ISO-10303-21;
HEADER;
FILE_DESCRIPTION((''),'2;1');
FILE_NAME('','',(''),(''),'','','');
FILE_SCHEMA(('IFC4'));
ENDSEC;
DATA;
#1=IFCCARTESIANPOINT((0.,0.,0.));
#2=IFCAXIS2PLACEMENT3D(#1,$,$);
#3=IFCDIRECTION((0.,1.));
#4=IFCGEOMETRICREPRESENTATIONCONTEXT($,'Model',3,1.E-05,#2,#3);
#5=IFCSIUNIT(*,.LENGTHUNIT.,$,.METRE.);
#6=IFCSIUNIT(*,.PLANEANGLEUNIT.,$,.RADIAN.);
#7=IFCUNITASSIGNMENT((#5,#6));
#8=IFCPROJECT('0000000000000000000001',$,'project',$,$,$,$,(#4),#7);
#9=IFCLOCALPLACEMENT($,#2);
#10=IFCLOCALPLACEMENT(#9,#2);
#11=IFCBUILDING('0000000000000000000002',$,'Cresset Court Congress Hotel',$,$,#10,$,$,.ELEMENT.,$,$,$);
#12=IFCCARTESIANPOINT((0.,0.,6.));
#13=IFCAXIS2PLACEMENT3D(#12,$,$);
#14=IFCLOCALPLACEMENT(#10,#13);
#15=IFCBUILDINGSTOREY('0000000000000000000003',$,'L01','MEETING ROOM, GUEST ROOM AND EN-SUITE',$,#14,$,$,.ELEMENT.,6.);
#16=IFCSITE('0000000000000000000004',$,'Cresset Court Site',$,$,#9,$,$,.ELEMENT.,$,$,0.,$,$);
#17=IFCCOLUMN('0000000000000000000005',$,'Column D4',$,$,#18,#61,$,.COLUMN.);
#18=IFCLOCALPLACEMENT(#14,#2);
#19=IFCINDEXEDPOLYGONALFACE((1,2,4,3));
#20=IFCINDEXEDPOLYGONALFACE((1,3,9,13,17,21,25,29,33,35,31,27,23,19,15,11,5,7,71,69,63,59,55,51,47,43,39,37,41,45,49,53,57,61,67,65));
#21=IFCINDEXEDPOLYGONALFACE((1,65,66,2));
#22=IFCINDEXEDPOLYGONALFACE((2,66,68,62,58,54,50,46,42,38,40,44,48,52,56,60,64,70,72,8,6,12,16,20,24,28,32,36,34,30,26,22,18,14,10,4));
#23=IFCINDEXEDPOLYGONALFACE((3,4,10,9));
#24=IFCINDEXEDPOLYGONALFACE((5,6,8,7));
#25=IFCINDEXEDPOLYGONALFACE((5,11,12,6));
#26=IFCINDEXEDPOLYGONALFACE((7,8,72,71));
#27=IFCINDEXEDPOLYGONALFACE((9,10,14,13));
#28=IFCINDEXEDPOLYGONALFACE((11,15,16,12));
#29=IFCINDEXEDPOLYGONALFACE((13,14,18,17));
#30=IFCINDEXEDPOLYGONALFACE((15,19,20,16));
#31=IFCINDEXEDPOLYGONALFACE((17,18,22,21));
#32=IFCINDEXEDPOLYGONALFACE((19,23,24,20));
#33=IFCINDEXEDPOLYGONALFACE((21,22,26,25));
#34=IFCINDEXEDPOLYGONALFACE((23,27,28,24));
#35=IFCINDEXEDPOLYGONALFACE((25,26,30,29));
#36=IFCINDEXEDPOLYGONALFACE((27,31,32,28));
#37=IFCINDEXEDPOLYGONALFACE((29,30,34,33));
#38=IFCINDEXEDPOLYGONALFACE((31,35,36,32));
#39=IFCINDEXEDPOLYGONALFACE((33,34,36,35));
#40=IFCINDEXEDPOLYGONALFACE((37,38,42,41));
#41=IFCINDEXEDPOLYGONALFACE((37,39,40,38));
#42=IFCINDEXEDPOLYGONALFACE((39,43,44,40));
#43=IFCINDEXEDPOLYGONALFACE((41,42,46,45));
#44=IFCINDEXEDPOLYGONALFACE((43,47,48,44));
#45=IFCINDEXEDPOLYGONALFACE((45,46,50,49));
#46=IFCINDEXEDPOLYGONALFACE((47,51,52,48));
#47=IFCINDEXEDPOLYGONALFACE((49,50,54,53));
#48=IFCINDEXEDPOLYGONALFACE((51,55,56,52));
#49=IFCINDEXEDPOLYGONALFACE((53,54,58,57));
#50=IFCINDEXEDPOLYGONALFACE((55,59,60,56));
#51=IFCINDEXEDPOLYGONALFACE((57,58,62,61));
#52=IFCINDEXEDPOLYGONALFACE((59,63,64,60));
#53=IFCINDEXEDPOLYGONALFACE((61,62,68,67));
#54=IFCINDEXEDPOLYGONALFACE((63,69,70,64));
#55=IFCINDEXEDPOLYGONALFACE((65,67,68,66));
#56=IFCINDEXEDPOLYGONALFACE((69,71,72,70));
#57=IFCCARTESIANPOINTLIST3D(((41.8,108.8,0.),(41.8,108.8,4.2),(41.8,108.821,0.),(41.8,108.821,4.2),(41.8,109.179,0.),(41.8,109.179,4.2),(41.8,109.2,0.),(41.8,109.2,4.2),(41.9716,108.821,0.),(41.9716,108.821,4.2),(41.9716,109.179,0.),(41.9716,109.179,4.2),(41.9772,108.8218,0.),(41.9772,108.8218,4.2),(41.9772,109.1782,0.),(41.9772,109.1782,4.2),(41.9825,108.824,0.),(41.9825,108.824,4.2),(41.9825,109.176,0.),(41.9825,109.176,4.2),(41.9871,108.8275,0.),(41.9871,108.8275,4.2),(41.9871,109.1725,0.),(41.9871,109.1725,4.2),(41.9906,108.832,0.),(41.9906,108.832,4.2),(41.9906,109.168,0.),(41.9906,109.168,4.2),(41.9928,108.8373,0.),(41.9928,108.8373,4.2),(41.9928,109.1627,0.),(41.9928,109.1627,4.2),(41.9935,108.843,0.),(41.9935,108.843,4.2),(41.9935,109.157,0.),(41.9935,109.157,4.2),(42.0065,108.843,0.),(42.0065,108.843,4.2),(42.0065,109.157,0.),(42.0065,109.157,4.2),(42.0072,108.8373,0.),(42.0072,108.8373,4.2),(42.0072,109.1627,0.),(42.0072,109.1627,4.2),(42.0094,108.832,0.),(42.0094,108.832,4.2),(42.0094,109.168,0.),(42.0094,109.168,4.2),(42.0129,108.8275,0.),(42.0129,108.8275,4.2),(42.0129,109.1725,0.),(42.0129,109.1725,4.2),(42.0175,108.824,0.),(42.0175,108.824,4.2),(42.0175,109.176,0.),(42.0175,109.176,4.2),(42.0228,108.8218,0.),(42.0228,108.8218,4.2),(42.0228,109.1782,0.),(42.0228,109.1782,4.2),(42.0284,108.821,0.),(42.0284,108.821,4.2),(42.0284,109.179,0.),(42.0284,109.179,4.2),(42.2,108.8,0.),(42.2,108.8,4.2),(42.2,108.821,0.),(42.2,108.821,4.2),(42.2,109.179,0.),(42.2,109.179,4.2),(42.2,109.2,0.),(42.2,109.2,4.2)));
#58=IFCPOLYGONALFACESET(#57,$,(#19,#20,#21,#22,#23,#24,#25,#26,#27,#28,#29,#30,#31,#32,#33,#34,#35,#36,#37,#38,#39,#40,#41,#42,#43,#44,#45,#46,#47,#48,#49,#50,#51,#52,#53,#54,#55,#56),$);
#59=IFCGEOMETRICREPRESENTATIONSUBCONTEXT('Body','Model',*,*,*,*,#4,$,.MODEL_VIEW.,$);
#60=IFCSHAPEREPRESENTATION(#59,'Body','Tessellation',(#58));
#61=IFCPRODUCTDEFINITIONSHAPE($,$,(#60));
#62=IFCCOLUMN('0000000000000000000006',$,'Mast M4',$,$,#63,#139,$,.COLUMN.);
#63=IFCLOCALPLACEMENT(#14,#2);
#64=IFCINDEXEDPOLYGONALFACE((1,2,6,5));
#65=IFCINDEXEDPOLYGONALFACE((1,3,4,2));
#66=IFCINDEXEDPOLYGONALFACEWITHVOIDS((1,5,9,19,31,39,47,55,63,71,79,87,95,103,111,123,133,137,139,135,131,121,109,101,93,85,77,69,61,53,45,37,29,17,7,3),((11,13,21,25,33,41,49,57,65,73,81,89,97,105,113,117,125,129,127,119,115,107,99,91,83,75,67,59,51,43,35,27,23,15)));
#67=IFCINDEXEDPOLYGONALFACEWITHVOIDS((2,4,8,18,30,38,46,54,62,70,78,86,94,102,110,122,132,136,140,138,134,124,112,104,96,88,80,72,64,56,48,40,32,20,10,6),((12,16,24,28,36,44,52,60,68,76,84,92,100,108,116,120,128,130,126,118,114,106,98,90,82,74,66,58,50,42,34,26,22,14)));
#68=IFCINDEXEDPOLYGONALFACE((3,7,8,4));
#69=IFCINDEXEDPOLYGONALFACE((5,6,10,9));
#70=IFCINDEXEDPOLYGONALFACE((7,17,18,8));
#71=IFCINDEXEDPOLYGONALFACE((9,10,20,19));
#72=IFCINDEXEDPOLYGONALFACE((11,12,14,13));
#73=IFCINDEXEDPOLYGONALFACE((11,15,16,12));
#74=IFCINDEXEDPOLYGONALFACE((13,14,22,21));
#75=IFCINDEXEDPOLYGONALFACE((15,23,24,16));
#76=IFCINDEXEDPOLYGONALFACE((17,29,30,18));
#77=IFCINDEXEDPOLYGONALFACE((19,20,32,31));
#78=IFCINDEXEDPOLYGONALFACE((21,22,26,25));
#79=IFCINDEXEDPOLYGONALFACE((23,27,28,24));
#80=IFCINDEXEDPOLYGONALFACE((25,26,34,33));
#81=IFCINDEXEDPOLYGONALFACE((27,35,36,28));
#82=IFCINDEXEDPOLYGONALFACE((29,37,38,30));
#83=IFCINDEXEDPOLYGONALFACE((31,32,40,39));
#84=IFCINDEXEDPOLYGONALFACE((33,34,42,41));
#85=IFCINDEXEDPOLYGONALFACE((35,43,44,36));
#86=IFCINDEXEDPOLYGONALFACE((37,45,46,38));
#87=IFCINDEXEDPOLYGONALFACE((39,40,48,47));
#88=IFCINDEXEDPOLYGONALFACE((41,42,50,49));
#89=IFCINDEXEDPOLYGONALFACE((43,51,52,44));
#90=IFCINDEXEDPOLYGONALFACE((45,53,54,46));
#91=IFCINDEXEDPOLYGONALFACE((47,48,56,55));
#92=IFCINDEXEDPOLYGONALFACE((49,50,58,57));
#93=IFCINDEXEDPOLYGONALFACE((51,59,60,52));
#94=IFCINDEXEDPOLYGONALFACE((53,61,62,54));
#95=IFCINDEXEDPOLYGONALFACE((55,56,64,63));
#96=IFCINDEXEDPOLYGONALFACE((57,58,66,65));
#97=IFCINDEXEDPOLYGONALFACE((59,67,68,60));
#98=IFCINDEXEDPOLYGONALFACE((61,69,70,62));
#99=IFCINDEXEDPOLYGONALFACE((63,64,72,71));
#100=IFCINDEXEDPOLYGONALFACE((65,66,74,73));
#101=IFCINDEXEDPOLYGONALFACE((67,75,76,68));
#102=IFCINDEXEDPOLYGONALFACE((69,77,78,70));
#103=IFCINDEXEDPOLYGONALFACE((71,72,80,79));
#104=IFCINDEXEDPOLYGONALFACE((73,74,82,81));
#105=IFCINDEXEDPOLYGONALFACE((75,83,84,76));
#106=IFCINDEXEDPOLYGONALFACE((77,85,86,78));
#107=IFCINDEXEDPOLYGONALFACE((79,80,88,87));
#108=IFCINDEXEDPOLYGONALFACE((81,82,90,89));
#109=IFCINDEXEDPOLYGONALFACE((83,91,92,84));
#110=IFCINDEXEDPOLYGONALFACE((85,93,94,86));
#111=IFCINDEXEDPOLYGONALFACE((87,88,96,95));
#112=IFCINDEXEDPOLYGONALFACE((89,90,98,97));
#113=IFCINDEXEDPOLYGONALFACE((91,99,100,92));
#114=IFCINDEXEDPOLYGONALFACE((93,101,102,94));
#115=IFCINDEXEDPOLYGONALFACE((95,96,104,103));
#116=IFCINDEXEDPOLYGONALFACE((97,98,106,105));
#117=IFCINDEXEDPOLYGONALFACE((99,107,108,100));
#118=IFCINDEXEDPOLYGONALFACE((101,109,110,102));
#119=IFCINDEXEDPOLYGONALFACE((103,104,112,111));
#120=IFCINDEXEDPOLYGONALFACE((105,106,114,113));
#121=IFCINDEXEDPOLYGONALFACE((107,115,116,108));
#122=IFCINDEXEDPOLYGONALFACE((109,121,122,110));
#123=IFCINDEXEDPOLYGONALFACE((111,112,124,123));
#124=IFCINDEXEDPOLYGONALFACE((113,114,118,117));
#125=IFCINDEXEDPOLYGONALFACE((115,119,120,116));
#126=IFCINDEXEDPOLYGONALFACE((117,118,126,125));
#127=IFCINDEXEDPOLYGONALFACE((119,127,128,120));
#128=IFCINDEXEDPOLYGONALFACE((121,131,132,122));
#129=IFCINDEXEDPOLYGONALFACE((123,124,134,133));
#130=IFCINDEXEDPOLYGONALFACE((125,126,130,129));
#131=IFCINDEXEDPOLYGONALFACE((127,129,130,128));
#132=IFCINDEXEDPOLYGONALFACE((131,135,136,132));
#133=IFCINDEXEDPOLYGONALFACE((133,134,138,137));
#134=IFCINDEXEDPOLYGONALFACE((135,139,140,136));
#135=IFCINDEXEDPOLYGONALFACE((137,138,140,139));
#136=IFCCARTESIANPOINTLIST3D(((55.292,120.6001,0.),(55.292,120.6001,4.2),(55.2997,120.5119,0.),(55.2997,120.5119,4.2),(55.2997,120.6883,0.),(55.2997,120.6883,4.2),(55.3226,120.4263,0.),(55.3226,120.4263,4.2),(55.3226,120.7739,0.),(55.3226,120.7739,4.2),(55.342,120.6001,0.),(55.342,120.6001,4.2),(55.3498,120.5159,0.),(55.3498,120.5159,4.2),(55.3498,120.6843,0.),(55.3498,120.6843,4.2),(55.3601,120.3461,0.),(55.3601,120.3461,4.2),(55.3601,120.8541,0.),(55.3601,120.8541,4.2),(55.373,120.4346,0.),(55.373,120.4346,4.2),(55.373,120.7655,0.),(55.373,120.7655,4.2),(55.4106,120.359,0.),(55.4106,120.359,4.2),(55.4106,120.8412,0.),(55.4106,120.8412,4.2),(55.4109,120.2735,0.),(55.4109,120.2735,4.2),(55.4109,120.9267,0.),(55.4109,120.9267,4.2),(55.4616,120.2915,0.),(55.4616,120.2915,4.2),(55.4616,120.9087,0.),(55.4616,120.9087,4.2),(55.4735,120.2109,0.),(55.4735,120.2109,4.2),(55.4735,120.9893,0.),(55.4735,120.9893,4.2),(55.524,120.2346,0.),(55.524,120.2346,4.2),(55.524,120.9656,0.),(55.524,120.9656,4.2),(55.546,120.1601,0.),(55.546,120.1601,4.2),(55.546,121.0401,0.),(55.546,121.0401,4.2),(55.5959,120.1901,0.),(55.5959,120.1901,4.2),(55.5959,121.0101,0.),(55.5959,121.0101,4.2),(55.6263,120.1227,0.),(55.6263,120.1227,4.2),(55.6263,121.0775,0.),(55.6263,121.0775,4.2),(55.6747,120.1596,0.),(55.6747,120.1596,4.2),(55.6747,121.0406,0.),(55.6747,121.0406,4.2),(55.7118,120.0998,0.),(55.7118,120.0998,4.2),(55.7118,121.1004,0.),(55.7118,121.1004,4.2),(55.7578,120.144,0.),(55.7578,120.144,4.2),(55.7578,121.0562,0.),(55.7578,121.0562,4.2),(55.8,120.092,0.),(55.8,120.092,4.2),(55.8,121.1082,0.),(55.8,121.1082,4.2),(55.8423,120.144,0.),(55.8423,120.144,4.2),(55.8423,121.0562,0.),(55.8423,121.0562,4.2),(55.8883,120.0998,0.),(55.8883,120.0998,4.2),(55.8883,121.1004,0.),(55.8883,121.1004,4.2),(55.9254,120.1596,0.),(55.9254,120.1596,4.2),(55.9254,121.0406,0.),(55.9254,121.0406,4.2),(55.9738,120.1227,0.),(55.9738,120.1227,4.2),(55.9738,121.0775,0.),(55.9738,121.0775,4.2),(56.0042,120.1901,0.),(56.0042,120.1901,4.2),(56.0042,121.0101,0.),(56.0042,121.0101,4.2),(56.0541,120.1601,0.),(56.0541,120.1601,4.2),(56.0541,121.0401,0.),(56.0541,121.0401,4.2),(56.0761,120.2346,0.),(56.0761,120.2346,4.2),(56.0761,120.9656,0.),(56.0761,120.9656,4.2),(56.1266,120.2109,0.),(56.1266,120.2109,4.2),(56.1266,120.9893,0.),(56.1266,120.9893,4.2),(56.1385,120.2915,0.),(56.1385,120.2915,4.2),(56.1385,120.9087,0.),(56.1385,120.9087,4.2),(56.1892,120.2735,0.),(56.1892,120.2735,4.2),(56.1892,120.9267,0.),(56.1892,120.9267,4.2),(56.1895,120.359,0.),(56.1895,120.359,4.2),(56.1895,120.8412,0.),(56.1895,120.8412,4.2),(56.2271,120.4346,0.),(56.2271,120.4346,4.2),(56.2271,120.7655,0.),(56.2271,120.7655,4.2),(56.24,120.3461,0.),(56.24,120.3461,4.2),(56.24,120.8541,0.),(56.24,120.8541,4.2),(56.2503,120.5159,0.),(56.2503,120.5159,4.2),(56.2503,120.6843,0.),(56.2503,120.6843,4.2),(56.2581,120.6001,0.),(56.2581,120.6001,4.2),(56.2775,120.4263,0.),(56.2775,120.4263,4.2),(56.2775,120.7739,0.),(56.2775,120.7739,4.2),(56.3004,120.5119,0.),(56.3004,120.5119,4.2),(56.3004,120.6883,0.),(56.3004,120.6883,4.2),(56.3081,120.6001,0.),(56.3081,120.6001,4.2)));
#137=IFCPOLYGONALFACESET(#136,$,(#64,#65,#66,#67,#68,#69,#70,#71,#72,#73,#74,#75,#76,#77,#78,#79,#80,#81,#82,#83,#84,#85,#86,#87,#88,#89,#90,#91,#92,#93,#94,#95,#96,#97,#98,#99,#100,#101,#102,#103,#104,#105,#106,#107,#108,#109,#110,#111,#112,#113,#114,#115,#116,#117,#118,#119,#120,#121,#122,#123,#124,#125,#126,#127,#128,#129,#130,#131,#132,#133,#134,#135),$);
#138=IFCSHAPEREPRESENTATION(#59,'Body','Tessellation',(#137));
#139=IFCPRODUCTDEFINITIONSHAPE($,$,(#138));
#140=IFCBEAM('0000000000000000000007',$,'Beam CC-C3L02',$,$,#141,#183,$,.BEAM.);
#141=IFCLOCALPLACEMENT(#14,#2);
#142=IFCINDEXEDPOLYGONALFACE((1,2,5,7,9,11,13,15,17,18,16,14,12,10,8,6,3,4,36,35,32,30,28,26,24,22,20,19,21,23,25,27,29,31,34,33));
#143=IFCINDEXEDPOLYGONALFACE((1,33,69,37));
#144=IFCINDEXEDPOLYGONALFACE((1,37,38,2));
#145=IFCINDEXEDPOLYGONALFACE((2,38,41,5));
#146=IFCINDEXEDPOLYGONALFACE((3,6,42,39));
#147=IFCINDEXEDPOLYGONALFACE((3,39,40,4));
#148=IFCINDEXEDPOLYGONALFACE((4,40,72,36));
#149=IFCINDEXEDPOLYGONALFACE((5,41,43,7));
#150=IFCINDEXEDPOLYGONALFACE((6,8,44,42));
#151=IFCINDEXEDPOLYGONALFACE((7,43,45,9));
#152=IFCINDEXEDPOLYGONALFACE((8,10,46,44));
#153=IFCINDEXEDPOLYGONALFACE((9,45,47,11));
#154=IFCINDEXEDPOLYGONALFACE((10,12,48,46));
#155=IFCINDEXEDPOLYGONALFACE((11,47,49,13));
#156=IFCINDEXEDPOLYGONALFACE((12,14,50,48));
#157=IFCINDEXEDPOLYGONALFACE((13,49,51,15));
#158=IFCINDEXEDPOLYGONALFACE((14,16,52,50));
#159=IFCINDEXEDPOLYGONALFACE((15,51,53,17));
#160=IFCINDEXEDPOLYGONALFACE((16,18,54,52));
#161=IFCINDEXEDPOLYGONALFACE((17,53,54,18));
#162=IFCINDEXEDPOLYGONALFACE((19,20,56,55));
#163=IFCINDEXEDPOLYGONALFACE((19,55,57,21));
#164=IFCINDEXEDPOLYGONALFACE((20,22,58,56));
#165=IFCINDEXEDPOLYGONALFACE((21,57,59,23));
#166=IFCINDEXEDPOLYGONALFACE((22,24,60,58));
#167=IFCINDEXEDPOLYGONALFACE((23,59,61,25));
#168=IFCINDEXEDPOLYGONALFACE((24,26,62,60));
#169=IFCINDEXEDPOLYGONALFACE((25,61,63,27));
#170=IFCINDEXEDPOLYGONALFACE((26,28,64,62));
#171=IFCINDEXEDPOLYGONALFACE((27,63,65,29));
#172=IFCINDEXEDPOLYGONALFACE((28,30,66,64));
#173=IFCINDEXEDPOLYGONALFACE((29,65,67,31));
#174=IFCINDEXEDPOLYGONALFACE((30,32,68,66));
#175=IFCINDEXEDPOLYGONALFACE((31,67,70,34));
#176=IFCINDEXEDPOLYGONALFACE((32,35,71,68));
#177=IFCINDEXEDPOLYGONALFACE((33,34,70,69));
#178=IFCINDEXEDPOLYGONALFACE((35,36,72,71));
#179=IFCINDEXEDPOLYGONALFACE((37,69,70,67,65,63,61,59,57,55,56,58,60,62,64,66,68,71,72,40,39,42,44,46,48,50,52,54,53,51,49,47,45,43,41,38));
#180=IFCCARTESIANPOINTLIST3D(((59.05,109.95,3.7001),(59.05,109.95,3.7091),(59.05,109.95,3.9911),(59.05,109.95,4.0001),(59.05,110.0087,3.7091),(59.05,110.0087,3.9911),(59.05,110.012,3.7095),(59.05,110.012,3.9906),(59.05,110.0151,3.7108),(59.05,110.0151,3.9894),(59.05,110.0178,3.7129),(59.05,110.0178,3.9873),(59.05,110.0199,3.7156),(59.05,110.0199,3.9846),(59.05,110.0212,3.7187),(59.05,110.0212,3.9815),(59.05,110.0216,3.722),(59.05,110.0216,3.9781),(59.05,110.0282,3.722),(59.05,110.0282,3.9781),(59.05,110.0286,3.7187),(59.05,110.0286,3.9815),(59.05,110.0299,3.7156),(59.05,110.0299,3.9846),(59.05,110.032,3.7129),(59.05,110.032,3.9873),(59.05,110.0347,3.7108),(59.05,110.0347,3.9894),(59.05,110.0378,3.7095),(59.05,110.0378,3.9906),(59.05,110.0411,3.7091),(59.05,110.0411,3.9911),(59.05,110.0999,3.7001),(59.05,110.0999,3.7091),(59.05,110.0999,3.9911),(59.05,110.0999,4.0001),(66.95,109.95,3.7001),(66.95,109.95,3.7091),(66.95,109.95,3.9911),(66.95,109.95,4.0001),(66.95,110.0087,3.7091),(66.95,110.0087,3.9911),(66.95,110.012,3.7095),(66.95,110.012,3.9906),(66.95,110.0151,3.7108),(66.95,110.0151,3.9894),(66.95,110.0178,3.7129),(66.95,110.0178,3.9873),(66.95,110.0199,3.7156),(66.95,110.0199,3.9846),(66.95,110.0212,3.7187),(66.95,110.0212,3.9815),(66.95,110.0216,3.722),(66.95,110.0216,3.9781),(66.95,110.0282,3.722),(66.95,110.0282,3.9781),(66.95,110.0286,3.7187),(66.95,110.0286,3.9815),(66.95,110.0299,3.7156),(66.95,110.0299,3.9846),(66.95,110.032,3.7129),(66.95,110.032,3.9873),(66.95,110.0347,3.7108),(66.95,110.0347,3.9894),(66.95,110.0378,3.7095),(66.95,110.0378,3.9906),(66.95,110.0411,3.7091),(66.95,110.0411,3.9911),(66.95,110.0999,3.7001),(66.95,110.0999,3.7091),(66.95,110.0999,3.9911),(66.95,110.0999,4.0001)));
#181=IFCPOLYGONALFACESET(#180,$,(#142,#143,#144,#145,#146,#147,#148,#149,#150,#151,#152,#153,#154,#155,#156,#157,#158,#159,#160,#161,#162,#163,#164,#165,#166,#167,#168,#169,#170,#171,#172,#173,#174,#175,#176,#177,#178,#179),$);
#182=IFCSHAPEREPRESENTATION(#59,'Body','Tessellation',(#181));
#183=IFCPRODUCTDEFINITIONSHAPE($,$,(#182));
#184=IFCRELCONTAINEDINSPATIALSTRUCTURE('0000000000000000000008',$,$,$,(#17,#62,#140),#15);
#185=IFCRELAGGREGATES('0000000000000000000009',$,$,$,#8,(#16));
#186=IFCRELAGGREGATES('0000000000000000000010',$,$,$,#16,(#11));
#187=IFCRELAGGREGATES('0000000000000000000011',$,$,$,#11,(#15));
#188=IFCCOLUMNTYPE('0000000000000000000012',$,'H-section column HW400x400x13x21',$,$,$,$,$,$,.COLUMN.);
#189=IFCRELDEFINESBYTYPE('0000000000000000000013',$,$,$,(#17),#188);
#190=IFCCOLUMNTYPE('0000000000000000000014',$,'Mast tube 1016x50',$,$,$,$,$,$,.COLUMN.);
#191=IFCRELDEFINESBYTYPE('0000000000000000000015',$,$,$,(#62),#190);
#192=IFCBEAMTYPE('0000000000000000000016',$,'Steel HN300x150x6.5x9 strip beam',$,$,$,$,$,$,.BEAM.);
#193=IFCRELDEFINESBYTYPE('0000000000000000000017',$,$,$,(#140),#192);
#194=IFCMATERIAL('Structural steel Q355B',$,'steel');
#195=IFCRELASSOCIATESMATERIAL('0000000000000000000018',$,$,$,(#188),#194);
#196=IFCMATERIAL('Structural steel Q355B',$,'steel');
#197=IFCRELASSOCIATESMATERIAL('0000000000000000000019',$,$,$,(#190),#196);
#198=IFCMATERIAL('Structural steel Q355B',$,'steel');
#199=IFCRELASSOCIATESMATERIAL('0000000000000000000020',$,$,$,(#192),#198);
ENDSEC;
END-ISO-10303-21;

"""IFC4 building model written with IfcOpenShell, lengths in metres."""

from ifc_helpers import new_model, si_unit, direction, frame, origin, origin_2d, place, context, subcontext, project, spatial, hollow_circle, i_section, extrude, material, material_profile, profile_set, type_object, element, save


model = new_model("IFC4")

# Units and contexts
model_context = context("Model", 3, precision=1e-05, world=origin(), true_north=direction((0.0, 1.0)))
body_context = subcontext(model_context, "Body", "Model", "MODEL_VIEW")
ifc_project = project(units=[si_unit("LENGTHUNIT", "METRE"), si_unit("PLANEANGLEUNIT", "RADIAN")], contexts=[model_context])

# Site, building, storey
site_placement = place(None, origin())
site = spatial("IfcSite", under=ifc_project, at=site_placement, Name="Cresset Court Site", CompositionType="ELEMENT", RefElevation=0.0)
building_placement = place(site_placement, origin())
building = spatial("IfcBuilding", under=site, at=building_placement, Name="Cresset Court Congress Hotel", CompositionType="ELEMENT")
storey_placement = place(building_placement, frame((0.0, 0.0, 6.0)))
storey = spatial("IfcBuildingStorey", under=building, at=storey_placement, Name="L01", Description="MEETING ROOM, GUEST ROOM AND EN-SUITE", CompositionType="ELEMENT", Elevation=6.0)

# Columns
ifc_material_1 = material(Name="Structural steel Q355B", Category="steel")
ifc_material_profile_1 = material_profile(ifc_material_1, i_section(OverallWidth=0.3999, OverallDepth=0.3999, WebThickness=0.0129, FlangeThickness=0.021, FilletRadius=0.022, at=origin_2d()), Name="HW400x400x13x21")
ifc_profile_set_1 = profile_set([ifc_material_profile_1], Name="Structural steel Q355B")
column_type_1 = type_object("IfcColumnType", Name="H-section column HW400x400x13x21", PredefinedType="COLUMN", material=ifc_profile_set_1)
column_1_placement = place(storey_placement, frame((42.0, 109.0, 0.0), z_axis=(0.0, 0.0, 1.0), x_axis=(1.0, 0.0, 0.0)))
element("IfcColumn", 1, at=column_1_placement, inside=storey, type_object=column_type_1, Name="Column D4", PredefinedType="COLUMN", context=body_context, shape_type="SweptSolid", body=[
    extrude(i_section(OverallWidth=0.3999, OverallDepth=0.3999, WebThickness=0.0129, FlangeThickness=0.021, FilletRadius=0.022, at=origin_2d()), origin(), (0.0, 0.0, 1.0), 4.2),
])
ifc_material_2 = material(Name="Structural steel Q355B", Category="steel")
ifc_material_profile_2 = material_profile(ifc_material_2, hollow_circle(Radius=0.5081, WallThickness=0.05, at=origin_2d()), Name="CHS1016x50")
ifc_profile_set_2 = profile_set([ifc_material_profile_2], Name="Structural steel Q355B")
column_type_2 = type_object("IfcColumnType", Name="Mast tube 1016x50", PredefinedType="COLUMN", material=ifc_profile_set_2)
column_2_placement = place(storey_placement, frame((55.8, 120.6001, 0.0), z_axis=(0.0, 0.0, 1.0), x_axis=(1.0, 0.0, 0.0)))
element("IfcColumn", 2, at=column_2_placement, inside=storey, type_object=column_type_2, Name="Mast M4", PredefinedType="COLUMN", context=body_context, shape_type="SweptSolid", body=[
    extrude(hollow_circle(Radius=0.5081, WallThickness=0.05, at=origin_2d()), origin(), (0.0, 0.0, 1.0), 4.2),
])

# Beam
ifc_material_3 = material(Name="Structural steel Q355B", Category="steel")
ifc_material_profile_3 = material_profile(ifc_material_3, i_section(OverallWidth=0.1499, OverallDepth=0.3, WebThickness=0.0066, FlangeThickness=0.009, FilletRadius=0.0129, at=origin_2d()), Name="HN300x150x6.5x9")
ifc_profile_set_3 = profile_set([ifc_material_profile_3], Name="Structural steel Q355B")
beam_type_1 = type_object("IfcBeamType", Name="Steel HN300x150x6.5x9 strip beam", PredefinedType="BEAM", material=ifc_profile_set_3)
beam_1_placement = place(storey_placement, frame((59.05, 110.0249, 3.8501), z_axis=(1.0, 0.0, 0.0), x_axis=(0.0, 1.0, 0.0)))
element("IfcBeam", 3, at=beam_1_placement, inside=storey, type_object=beam_type_1, Name="Beam CC-C3L02", PredefinedType="BEAM", context=body_context, shape_type="SweptSolid", body=[
    extrude(i_section(OverallWidth=0.1499, OverallDepth=0.3, WebThickness=0.0066, FlangeThickness=0.009, FilletRadius=0.0129, at=origin_2d()), origin(), (0.0, 0.0, 1.0), 7.8999),
])

save(model, "model.ifc")
